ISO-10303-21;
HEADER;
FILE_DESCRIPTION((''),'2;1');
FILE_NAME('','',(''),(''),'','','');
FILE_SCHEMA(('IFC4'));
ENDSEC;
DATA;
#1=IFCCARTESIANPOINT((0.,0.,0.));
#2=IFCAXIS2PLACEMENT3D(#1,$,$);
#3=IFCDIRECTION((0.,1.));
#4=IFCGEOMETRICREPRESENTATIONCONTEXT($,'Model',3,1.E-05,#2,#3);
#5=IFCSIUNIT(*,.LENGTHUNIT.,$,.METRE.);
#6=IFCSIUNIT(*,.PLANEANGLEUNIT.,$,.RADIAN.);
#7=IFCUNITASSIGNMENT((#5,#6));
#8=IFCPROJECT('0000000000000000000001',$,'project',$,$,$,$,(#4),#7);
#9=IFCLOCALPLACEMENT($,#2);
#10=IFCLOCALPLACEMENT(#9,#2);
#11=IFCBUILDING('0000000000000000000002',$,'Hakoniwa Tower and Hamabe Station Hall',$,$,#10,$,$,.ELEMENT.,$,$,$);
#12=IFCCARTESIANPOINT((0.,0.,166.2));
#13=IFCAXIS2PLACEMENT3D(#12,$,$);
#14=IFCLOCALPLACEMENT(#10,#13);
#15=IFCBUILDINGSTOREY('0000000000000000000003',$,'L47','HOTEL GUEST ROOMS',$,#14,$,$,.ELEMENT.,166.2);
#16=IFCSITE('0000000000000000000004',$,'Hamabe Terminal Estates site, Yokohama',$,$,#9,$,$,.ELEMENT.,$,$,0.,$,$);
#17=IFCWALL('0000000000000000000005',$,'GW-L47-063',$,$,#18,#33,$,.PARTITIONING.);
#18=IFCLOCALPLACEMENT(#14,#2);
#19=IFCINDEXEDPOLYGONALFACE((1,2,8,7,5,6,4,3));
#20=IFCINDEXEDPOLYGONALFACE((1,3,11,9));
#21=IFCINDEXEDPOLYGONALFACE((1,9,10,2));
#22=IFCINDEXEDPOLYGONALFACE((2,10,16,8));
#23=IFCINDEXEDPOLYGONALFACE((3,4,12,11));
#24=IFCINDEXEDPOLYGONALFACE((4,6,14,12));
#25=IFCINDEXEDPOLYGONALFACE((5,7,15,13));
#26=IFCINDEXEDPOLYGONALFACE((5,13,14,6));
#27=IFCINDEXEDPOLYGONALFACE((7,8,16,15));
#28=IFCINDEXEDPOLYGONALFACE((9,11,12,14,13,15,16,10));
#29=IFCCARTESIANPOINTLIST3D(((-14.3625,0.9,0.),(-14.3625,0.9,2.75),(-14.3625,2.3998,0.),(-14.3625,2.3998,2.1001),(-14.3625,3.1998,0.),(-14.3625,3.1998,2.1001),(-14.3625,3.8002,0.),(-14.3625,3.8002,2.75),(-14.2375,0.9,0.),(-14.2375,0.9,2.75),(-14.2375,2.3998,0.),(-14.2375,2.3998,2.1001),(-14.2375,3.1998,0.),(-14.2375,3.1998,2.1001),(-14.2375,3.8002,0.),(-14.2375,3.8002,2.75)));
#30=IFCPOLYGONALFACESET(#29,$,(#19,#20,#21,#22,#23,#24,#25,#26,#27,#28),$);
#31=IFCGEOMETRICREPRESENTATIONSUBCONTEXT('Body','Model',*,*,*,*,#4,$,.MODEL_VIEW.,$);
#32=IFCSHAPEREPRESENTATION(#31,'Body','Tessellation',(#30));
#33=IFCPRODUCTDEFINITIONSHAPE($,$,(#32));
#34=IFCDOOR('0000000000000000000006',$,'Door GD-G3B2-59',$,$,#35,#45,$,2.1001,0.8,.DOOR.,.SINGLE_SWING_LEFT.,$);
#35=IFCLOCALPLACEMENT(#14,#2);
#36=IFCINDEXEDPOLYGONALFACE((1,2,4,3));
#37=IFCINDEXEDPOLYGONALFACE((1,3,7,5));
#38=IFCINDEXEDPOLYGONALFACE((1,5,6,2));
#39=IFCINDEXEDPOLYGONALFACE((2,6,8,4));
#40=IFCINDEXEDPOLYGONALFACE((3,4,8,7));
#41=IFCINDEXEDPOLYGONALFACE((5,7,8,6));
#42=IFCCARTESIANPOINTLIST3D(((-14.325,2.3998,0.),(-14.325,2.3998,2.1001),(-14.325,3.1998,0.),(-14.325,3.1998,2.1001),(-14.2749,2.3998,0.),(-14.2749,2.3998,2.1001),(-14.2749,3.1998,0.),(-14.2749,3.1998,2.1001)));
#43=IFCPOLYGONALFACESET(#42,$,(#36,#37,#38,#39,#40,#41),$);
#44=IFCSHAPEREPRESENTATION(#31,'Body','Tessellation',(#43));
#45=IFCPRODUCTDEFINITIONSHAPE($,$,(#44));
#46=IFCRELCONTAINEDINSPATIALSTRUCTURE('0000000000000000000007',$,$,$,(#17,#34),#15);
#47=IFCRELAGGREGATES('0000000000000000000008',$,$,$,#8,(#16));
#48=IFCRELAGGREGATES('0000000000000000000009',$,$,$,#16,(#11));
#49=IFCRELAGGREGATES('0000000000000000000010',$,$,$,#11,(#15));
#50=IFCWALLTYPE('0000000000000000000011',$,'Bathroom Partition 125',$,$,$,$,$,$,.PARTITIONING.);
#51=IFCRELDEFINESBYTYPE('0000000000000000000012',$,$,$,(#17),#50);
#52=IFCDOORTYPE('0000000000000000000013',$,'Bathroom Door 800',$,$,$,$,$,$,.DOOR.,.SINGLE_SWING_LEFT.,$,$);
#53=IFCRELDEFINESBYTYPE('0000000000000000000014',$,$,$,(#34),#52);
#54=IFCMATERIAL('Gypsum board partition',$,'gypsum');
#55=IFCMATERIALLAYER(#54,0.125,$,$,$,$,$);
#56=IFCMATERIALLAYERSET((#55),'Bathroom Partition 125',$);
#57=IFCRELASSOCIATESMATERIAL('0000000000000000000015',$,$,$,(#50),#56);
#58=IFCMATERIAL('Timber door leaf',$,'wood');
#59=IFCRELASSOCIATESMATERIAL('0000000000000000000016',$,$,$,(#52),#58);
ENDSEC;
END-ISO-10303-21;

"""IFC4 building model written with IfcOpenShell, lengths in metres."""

from ifc_helpers import new_model, si_unit, direction, frame, frame_2d, origin, place, context, subcontext, project, spatial, rectangle, extrude, material, layer, layer_set, type_object, element, fill, save


model = new_model("IFC4")

# Units and contexts
model_context = context("Model", 3, precision=1e-05, world=origin(), true_north=direction((0.0, 1.0)))
body_context = subcontext(model_context, "Body", "Model", "MODEL_VIEW")
ifc_project = project(units=[si_unit("LENGTHUNIT", "METRE"), si_unit("PLANEANGLEUNIT", "RADIAN")], contexts=[model_context])

# Site, building, storey
site_placement = place(None, origin())
site = spatial("IfcSite", under=ifc_project, at=site_placement, Name="Hamabe Terminal Estates site, Yokohama", CompositionType="ELEMENT", RefElevation=0.0)
building_placement = place(site_placement, origin())
building = spatial("IfcBuilding", under=site, at=building_placement, Name="Hakoniwa Tower and Hamabe Station Hall", CompositionType="ELEMENT")
storey_placement = place(building_placement, frame((0.0, 0.0, 166.2)))
storey = spatial("IfcBuildingStorey", under=building, at=storey_placement, Name="L47", Description="HOTEL GUEST ROOMS", CompositionType="ELEMENT", Elevation=166.2)

# Wall, opening, door
ifc_material_1 = material(Name="Gypsum board partition", Category="gypsum")
ifc_layer_1 = layer(ifc_material_1, 0.125)
ifc_layer_set_1 = layer_set([ifc_layer_1], Name="Bathroom Partition 125")
wall_type_1 = type_object("IfcWallType", Name="Bathroom Partition 125", PredefinedType="PARTITIONING", material=ifc_layer_set_1)
wall_1_placement = place(storey_placement, frame((-14.3, 0.8999, 0.0), z_axis=(0.0, 0.0, 1.0), x_axis=(0.0, 1.0, 0.0)))
wall_1 = element("IfcWall", 1, at=wall_1_placement, inside=storey, type_object=wall_type_1, Name="GW-L47-063", PredefinedType="PARTITIONING", context=body_context, shape_type="SweptSolid", body=[
    extrude(rectangle(XDim=2.9001, YDim=0.125, at=frame_2d((1.4502, 0.0))), origin(), (0.0, 0.0, 1.0), 2.75),
])
opening_1_placement = place(wall_1_placement, frame((1.5, 0.0, 0.0)))
opening_1 = element("IfcOpeningElement", 2, at=opening_1_placement, cuts=wall_1, PredefinedType="OPENING", context=body_context, shape_type="SweptSolid", body=[
    extrude(rectangle(XDim=0.8, YDim=2.1001, at=frame_2d((0.3999, 1.05))), frame((0.0, 0.0725, 0.0), z_axis=(0.0, -1.0, 0.0), x_axis=(1.0, 0.0, 0.0)), (0.0, 0.0, 1.0), 0.145),
])
ifc_material_2 = material(Name="Timber door leaf", Category="wood")
door_type_1 = type_object("IfcDoorType", Name="Bathroom Door 800", OperationType="SINGLE_SWING_LEFT", PredefinedType="DOOR", material=ifc_material_2)
door_1_placement = place(opening_1_placement, origin())
door_1 = element("IfcDoor", 3, at=door_1_placement, inside=storey, type_object=door_type_1, Name="Door GD-G3B2-59", OperationType="SINGLE_SWING_LEFT", OverallHeight=2.1001, OverallWidth=0.8, PredefinedType="DOOR", context=body_context, shape_type="SweptSolid", body=[
    extrude(rectangle(XDim=0.8, YDim=2.1001, at=frame_2d((0.3999, 1.05))), frame((0.0, 0.0249, 0.0), z_axis=(0.0, -1.0, 0.0), x_axis=(1.0, 0.0, 0.0)), (0.0, 0.0, 1.0), 0.05),
])
fill(opening_1, door_1)

save(model, "model.ifc")
